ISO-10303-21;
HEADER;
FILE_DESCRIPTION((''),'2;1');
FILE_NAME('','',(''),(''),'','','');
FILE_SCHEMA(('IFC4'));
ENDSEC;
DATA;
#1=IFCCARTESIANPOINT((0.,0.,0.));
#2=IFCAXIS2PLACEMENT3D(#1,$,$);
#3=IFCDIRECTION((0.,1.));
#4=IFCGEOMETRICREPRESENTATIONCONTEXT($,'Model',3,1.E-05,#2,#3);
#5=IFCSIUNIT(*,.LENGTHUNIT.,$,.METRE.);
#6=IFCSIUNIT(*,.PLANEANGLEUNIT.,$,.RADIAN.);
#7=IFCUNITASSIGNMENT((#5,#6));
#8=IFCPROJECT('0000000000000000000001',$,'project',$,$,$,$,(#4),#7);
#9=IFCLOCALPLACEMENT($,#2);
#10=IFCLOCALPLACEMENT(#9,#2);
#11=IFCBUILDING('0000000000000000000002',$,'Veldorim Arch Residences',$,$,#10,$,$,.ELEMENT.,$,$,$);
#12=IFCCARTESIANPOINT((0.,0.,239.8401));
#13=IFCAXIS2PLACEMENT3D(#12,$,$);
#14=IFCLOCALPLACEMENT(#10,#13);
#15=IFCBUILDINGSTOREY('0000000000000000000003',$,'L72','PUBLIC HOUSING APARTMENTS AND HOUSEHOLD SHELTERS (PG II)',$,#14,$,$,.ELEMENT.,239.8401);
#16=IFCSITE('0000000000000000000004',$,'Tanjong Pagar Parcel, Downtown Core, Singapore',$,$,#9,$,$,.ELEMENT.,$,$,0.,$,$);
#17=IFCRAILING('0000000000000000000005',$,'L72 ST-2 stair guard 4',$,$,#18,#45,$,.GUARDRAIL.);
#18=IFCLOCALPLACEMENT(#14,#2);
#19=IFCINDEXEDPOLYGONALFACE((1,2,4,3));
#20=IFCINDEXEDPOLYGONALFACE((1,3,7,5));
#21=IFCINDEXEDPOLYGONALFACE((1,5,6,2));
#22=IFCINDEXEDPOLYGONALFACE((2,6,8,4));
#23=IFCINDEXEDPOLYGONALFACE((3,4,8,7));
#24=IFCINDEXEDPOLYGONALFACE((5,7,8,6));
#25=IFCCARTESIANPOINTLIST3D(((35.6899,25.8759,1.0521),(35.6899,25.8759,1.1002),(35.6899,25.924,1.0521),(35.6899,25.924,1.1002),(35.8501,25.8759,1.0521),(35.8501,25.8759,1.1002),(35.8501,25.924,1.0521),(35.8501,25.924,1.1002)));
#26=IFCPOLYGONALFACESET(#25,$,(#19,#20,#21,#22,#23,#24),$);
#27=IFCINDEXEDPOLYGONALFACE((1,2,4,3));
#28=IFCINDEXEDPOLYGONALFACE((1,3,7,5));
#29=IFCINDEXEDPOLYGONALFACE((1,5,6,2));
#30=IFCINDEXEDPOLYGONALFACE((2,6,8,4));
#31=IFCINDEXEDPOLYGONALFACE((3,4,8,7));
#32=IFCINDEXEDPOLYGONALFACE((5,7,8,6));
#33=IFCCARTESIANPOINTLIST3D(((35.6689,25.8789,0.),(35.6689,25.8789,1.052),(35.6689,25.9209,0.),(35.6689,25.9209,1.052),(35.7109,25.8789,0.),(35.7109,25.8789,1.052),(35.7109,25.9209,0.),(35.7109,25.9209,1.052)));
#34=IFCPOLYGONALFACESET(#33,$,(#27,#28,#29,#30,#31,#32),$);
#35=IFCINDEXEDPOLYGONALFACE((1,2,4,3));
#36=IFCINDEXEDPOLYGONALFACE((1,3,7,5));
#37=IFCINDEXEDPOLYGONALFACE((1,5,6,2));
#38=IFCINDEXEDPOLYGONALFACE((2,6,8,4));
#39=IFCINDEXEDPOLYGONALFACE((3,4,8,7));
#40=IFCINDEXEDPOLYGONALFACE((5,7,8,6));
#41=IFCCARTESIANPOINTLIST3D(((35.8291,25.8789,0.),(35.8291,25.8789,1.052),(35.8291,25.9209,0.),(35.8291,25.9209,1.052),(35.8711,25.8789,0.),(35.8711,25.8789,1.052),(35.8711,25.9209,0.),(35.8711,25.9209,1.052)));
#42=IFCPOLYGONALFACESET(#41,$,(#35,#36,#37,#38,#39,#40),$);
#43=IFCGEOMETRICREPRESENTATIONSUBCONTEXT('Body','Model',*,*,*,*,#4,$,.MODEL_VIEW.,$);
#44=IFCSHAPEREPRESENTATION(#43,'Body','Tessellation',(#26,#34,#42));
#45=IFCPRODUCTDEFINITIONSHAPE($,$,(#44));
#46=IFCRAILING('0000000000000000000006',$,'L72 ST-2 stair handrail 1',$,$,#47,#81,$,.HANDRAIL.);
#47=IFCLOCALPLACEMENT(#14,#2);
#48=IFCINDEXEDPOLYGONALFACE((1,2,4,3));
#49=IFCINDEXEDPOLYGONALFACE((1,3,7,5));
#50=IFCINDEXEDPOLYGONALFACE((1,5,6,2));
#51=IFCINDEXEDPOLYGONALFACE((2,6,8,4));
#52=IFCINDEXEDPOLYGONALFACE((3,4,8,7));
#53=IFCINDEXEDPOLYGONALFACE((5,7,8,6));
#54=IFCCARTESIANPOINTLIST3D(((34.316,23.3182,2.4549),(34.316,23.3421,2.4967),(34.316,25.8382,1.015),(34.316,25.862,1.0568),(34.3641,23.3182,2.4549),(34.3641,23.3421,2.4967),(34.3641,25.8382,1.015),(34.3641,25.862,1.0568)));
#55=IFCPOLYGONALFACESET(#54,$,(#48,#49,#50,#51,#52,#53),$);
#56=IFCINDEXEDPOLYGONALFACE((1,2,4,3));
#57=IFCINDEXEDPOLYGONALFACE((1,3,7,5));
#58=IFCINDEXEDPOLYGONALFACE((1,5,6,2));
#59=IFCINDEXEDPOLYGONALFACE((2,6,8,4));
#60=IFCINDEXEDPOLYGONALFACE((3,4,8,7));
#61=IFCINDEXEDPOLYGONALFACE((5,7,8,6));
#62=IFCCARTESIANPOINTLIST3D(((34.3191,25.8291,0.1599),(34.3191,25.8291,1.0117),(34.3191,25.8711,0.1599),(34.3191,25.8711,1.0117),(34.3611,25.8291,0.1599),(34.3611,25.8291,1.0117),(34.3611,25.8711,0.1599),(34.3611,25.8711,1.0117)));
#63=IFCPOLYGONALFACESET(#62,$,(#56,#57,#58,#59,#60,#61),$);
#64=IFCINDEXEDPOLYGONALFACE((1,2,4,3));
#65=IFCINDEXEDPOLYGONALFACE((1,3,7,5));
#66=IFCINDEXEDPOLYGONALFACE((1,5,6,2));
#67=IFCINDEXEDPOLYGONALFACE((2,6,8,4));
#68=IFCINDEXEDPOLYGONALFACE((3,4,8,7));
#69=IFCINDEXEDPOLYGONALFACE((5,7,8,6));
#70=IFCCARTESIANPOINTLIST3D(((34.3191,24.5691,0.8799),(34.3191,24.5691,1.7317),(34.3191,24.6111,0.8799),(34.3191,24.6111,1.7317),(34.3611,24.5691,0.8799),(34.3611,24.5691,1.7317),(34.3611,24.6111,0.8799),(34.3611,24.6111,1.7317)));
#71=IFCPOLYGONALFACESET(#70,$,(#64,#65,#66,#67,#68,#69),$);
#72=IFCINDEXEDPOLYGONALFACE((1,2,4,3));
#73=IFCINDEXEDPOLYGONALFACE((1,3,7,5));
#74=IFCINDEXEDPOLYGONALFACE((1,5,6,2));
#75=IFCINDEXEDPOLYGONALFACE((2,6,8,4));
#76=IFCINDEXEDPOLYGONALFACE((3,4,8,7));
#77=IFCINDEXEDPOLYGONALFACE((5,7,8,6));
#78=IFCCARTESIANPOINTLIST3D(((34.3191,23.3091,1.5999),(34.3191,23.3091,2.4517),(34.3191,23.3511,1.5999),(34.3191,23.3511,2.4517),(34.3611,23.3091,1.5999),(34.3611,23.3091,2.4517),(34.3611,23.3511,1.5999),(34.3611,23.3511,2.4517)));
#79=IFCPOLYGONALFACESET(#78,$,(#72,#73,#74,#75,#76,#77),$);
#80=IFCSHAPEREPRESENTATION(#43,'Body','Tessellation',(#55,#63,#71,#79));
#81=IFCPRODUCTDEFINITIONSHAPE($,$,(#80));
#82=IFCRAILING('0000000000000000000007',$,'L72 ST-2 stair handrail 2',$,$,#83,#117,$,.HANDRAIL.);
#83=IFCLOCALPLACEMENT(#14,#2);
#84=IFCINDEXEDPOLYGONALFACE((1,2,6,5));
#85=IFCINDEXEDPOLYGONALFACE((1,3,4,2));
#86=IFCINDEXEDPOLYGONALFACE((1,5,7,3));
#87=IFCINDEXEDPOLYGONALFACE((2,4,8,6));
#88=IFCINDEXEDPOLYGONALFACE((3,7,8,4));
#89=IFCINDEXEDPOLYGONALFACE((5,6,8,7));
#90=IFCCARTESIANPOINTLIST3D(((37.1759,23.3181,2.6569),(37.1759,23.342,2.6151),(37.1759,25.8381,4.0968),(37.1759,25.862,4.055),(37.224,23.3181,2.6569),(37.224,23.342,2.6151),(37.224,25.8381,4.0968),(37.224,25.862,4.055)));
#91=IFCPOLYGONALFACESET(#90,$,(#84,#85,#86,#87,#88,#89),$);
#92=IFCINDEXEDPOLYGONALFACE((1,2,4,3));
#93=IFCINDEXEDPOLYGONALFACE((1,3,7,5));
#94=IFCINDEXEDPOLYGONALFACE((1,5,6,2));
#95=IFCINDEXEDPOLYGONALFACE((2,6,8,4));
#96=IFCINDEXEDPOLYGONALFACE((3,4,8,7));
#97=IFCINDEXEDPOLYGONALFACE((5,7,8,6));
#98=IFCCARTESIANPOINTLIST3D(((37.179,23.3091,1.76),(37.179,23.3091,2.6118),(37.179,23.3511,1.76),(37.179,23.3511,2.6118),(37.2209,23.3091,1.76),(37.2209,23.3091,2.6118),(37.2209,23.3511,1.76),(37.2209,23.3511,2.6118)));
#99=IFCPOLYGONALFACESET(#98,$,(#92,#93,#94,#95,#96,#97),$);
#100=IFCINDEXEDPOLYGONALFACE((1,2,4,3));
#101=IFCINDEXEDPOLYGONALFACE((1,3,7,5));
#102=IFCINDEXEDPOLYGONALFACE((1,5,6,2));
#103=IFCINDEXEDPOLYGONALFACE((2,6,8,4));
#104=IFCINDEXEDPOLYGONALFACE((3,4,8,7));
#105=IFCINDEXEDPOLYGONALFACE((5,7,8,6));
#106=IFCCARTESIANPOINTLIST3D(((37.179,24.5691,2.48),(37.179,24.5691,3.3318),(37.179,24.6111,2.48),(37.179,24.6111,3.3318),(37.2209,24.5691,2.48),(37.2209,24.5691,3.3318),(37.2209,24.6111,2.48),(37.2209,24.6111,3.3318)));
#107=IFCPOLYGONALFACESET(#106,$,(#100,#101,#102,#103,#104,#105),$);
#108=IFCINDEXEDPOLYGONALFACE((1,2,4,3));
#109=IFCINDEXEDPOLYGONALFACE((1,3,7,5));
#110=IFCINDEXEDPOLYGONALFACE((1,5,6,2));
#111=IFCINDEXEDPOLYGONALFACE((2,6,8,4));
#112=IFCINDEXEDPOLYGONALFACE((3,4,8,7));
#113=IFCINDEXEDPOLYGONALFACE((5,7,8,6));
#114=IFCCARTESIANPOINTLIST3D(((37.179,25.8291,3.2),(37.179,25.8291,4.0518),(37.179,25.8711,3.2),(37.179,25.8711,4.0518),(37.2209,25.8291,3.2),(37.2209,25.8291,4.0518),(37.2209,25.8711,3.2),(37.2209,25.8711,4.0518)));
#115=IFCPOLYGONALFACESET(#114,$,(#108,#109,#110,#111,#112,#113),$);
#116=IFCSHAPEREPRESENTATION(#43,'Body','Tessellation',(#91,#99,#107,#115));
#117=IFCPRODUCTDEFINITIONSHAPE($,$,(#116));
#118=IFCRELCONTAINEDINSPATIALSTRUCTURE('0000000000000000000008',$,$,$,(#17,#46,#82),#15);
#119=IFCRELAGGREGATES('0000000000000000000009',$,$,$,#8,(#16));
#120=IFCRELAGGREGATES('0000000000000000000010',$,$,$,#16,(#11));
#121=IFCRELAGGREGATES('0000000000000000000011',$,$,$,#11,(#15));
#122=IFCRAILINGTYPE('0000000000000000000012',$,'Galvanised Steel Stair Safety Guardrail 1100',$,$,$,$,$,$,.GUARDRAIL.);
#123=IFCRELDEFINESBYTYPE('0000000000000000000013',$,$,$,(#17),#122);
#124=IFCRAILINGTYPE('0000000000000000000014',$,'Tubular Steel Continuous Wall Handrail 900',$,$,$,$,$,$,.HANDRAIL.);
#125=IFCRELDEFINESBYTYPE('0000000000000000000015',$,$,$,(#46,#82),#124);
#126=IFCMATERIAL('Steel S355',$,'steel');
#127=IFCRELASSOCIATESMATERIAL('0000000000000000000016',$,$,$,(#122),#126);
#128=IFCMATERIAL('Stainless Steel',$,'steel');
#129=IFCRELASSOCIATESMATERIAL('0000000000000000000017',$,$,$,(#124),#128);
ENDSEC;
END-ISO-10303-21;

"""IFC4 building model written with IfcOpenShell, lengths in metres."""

from ifc_helpers import new_model, si_unit, direction, frame, origin, origin_2d, place, context, subcontext, project, spatial, rectangle, extrude, material, type_object, element, save


model = new_model("IFC4")

# Units and contexts
model_context = context("Model", 3, precision=1e-05, world=origin(), true_north=direction((0.0, 1.0)))
body_context = subcontext(model_context, "Body", "Model", "MODEL_VIEW")
ifc_project = project(units=[si_unit("LENGTHUNIT", "METRE"), si_unit("PLANEANGLEUNIT", "RADIAN")], contexts=[model_context])

# Site, building, storey
site_placement = place(None, origin())
site = spatial("IfcSite", under=ifc_project, at=site_placement, Name="Tanjong Pagar Parcel, Downtown Core, Singapore", CompositionType="ELEMENT", RefElevation=0.0)
building_placement = place(site_placement, origin())
building = spatial("IfcBuilding", under=site, at=building_placement, Name="Veldorim Arch Residences", CompositionType="ELEMENT")
storey_placement = place(building_placement, frame((0.0, 0.0, 239.8401)))
storey = spatial("IfcBuildingStorey", under=building, at=storey_placement, Name="L72", Description="PUBLIC HOUSING APARTMENTS AND HOUSEHOLD SHELTERS (PG II)", CompositionType="ELEMENT", Elevation=239.8401)

# Railings
ifc_material_1 = material(Name="Steel S355", Category="steel")
railing_type_1 = type_object("IfcRailingType", Name="Galvanised Steel Stair Safety Guardrail 1100", PredefinedType="GUARDRAIL", material=ifc_material_1)
railing_1_placement = place(storey_placement, frame((35.6899, 25.8999, 0.0)))
element("IfcRailing", 1, at=railing_1_placement, inside=storey, type_object=railing_type_1, Name="L72 ST-2 stair guard 4", PredefinedType="GUARDRAIL", context=body_context, shape_type="SweptSolid", body=[
    extrude(rectangle(XDim=0.0481, YDim=0.0481, at=origin_2d()), frame((0.0, 0.0, 1.0762), z_axis=(1.0, 0.0, 0.0), x_axis=(0.0, 1.0, 0.0)), (0.0, 0.0, 1.0), 0.1602),
    extrude(rectangle(XDim=0.042, YDim=0.042, at=origin_2d()), origin(), (0.0, 0.0, 1.0), 1.052),
    extrude(rectangle(XDim=0.042, YDim=0.042, at=origin_2d()), frame((0.1602, 0.0, 0.0)), (0.0, 0.0, 1.0), 1.052),
])
ifc_material_2 = material(Name="Stainless Steel", Category="steel")
railing_type_2 = type_object("IfcRailingType", Name="Tubular Steel Continuous Wall Handrail 900", PredefinedType="HANDRAIL", material=ifc_material_2)
railing_2_placement = place(storey_placement, frame((34.3401, 25.8501, 0.1599)))
element("IfcRailing", 2, at=railing_2_placement, inside=storey, type_object=railing_type_2, Name="L72 ST-2 stair handrail 1", PredefinedType="HANDRAIL", context=body_context, shape_type="SweptSolid", body=[
    extrude(rectangle(XDim=0.0481, YDim=0.0481, at=origin_2d()), frame((0.0, 0.0, 0.876), z_axis=(0.0, -0.868253, 0.496121), x_axis=(1.0, 0.0, 0.0)), (0.0, 0.0, 1.0), 2.9023),
    extrude(rectangle(XDim=0.042, YDim=0.042, at=origin_2d()), origin(), (0.0, 0.0, 1.0), 0.8518),
    extrude(rectangle(XDim=0.042, YDim=0.042, at=origin_2d()), frame((0.0, -1.26, 0.72)), (0.0, 0.0, 1.0), 0.8518),
    extrude(rectangle(XDim=0.042, YDim=0.042, at=origin_2d()), frame((0.0, -2.52, 1.4399)), (0.0, 0.0, 1.0), 0.8518),
])
railing_3_placement = place(storey_placement, frame((37.2, 23.3301, 1.76)))
element("IfcRailing", 3, at=railing_3_placement, inside=storey, type_object=railing_type_2, Name="L72 ST-2 stair handrail 2", PredefinedType="HANDRAIL", context=body_context, shape_type="SweptSolid", body=[
    extrude(rectangle(XDim=0.0481, YDim=0.0481, at=origin_2d()), frame((0.0, 0.0, 0.876), z_axis=(0.0, 0.868253, 0.496121), x_axis=(-1.0, 0.0, 0.0)), (0.0, 0.0, 1.0), 2.9023),
    extrude(rectangle(XDim=0.042, YDim=0.042, at=origin_2d()), origin(), (0.0, 0.0, 1.0), 0.8518),
    extrude(rectangle(XDim=0.042, YDim=0.042, at=origin_2d()), frame((0.0, 1.26, 0.72)), (0.0, 0.0, 1.0), 0.8518),
    extrude(rectangle(XDim=0.042, YDim=0.042, at=origin_2d()), frame((0.0, 2.52, 1.4399)), (0.0, 0.0, 1.0), 0.8518),
])

save(model, "model.ifc")
